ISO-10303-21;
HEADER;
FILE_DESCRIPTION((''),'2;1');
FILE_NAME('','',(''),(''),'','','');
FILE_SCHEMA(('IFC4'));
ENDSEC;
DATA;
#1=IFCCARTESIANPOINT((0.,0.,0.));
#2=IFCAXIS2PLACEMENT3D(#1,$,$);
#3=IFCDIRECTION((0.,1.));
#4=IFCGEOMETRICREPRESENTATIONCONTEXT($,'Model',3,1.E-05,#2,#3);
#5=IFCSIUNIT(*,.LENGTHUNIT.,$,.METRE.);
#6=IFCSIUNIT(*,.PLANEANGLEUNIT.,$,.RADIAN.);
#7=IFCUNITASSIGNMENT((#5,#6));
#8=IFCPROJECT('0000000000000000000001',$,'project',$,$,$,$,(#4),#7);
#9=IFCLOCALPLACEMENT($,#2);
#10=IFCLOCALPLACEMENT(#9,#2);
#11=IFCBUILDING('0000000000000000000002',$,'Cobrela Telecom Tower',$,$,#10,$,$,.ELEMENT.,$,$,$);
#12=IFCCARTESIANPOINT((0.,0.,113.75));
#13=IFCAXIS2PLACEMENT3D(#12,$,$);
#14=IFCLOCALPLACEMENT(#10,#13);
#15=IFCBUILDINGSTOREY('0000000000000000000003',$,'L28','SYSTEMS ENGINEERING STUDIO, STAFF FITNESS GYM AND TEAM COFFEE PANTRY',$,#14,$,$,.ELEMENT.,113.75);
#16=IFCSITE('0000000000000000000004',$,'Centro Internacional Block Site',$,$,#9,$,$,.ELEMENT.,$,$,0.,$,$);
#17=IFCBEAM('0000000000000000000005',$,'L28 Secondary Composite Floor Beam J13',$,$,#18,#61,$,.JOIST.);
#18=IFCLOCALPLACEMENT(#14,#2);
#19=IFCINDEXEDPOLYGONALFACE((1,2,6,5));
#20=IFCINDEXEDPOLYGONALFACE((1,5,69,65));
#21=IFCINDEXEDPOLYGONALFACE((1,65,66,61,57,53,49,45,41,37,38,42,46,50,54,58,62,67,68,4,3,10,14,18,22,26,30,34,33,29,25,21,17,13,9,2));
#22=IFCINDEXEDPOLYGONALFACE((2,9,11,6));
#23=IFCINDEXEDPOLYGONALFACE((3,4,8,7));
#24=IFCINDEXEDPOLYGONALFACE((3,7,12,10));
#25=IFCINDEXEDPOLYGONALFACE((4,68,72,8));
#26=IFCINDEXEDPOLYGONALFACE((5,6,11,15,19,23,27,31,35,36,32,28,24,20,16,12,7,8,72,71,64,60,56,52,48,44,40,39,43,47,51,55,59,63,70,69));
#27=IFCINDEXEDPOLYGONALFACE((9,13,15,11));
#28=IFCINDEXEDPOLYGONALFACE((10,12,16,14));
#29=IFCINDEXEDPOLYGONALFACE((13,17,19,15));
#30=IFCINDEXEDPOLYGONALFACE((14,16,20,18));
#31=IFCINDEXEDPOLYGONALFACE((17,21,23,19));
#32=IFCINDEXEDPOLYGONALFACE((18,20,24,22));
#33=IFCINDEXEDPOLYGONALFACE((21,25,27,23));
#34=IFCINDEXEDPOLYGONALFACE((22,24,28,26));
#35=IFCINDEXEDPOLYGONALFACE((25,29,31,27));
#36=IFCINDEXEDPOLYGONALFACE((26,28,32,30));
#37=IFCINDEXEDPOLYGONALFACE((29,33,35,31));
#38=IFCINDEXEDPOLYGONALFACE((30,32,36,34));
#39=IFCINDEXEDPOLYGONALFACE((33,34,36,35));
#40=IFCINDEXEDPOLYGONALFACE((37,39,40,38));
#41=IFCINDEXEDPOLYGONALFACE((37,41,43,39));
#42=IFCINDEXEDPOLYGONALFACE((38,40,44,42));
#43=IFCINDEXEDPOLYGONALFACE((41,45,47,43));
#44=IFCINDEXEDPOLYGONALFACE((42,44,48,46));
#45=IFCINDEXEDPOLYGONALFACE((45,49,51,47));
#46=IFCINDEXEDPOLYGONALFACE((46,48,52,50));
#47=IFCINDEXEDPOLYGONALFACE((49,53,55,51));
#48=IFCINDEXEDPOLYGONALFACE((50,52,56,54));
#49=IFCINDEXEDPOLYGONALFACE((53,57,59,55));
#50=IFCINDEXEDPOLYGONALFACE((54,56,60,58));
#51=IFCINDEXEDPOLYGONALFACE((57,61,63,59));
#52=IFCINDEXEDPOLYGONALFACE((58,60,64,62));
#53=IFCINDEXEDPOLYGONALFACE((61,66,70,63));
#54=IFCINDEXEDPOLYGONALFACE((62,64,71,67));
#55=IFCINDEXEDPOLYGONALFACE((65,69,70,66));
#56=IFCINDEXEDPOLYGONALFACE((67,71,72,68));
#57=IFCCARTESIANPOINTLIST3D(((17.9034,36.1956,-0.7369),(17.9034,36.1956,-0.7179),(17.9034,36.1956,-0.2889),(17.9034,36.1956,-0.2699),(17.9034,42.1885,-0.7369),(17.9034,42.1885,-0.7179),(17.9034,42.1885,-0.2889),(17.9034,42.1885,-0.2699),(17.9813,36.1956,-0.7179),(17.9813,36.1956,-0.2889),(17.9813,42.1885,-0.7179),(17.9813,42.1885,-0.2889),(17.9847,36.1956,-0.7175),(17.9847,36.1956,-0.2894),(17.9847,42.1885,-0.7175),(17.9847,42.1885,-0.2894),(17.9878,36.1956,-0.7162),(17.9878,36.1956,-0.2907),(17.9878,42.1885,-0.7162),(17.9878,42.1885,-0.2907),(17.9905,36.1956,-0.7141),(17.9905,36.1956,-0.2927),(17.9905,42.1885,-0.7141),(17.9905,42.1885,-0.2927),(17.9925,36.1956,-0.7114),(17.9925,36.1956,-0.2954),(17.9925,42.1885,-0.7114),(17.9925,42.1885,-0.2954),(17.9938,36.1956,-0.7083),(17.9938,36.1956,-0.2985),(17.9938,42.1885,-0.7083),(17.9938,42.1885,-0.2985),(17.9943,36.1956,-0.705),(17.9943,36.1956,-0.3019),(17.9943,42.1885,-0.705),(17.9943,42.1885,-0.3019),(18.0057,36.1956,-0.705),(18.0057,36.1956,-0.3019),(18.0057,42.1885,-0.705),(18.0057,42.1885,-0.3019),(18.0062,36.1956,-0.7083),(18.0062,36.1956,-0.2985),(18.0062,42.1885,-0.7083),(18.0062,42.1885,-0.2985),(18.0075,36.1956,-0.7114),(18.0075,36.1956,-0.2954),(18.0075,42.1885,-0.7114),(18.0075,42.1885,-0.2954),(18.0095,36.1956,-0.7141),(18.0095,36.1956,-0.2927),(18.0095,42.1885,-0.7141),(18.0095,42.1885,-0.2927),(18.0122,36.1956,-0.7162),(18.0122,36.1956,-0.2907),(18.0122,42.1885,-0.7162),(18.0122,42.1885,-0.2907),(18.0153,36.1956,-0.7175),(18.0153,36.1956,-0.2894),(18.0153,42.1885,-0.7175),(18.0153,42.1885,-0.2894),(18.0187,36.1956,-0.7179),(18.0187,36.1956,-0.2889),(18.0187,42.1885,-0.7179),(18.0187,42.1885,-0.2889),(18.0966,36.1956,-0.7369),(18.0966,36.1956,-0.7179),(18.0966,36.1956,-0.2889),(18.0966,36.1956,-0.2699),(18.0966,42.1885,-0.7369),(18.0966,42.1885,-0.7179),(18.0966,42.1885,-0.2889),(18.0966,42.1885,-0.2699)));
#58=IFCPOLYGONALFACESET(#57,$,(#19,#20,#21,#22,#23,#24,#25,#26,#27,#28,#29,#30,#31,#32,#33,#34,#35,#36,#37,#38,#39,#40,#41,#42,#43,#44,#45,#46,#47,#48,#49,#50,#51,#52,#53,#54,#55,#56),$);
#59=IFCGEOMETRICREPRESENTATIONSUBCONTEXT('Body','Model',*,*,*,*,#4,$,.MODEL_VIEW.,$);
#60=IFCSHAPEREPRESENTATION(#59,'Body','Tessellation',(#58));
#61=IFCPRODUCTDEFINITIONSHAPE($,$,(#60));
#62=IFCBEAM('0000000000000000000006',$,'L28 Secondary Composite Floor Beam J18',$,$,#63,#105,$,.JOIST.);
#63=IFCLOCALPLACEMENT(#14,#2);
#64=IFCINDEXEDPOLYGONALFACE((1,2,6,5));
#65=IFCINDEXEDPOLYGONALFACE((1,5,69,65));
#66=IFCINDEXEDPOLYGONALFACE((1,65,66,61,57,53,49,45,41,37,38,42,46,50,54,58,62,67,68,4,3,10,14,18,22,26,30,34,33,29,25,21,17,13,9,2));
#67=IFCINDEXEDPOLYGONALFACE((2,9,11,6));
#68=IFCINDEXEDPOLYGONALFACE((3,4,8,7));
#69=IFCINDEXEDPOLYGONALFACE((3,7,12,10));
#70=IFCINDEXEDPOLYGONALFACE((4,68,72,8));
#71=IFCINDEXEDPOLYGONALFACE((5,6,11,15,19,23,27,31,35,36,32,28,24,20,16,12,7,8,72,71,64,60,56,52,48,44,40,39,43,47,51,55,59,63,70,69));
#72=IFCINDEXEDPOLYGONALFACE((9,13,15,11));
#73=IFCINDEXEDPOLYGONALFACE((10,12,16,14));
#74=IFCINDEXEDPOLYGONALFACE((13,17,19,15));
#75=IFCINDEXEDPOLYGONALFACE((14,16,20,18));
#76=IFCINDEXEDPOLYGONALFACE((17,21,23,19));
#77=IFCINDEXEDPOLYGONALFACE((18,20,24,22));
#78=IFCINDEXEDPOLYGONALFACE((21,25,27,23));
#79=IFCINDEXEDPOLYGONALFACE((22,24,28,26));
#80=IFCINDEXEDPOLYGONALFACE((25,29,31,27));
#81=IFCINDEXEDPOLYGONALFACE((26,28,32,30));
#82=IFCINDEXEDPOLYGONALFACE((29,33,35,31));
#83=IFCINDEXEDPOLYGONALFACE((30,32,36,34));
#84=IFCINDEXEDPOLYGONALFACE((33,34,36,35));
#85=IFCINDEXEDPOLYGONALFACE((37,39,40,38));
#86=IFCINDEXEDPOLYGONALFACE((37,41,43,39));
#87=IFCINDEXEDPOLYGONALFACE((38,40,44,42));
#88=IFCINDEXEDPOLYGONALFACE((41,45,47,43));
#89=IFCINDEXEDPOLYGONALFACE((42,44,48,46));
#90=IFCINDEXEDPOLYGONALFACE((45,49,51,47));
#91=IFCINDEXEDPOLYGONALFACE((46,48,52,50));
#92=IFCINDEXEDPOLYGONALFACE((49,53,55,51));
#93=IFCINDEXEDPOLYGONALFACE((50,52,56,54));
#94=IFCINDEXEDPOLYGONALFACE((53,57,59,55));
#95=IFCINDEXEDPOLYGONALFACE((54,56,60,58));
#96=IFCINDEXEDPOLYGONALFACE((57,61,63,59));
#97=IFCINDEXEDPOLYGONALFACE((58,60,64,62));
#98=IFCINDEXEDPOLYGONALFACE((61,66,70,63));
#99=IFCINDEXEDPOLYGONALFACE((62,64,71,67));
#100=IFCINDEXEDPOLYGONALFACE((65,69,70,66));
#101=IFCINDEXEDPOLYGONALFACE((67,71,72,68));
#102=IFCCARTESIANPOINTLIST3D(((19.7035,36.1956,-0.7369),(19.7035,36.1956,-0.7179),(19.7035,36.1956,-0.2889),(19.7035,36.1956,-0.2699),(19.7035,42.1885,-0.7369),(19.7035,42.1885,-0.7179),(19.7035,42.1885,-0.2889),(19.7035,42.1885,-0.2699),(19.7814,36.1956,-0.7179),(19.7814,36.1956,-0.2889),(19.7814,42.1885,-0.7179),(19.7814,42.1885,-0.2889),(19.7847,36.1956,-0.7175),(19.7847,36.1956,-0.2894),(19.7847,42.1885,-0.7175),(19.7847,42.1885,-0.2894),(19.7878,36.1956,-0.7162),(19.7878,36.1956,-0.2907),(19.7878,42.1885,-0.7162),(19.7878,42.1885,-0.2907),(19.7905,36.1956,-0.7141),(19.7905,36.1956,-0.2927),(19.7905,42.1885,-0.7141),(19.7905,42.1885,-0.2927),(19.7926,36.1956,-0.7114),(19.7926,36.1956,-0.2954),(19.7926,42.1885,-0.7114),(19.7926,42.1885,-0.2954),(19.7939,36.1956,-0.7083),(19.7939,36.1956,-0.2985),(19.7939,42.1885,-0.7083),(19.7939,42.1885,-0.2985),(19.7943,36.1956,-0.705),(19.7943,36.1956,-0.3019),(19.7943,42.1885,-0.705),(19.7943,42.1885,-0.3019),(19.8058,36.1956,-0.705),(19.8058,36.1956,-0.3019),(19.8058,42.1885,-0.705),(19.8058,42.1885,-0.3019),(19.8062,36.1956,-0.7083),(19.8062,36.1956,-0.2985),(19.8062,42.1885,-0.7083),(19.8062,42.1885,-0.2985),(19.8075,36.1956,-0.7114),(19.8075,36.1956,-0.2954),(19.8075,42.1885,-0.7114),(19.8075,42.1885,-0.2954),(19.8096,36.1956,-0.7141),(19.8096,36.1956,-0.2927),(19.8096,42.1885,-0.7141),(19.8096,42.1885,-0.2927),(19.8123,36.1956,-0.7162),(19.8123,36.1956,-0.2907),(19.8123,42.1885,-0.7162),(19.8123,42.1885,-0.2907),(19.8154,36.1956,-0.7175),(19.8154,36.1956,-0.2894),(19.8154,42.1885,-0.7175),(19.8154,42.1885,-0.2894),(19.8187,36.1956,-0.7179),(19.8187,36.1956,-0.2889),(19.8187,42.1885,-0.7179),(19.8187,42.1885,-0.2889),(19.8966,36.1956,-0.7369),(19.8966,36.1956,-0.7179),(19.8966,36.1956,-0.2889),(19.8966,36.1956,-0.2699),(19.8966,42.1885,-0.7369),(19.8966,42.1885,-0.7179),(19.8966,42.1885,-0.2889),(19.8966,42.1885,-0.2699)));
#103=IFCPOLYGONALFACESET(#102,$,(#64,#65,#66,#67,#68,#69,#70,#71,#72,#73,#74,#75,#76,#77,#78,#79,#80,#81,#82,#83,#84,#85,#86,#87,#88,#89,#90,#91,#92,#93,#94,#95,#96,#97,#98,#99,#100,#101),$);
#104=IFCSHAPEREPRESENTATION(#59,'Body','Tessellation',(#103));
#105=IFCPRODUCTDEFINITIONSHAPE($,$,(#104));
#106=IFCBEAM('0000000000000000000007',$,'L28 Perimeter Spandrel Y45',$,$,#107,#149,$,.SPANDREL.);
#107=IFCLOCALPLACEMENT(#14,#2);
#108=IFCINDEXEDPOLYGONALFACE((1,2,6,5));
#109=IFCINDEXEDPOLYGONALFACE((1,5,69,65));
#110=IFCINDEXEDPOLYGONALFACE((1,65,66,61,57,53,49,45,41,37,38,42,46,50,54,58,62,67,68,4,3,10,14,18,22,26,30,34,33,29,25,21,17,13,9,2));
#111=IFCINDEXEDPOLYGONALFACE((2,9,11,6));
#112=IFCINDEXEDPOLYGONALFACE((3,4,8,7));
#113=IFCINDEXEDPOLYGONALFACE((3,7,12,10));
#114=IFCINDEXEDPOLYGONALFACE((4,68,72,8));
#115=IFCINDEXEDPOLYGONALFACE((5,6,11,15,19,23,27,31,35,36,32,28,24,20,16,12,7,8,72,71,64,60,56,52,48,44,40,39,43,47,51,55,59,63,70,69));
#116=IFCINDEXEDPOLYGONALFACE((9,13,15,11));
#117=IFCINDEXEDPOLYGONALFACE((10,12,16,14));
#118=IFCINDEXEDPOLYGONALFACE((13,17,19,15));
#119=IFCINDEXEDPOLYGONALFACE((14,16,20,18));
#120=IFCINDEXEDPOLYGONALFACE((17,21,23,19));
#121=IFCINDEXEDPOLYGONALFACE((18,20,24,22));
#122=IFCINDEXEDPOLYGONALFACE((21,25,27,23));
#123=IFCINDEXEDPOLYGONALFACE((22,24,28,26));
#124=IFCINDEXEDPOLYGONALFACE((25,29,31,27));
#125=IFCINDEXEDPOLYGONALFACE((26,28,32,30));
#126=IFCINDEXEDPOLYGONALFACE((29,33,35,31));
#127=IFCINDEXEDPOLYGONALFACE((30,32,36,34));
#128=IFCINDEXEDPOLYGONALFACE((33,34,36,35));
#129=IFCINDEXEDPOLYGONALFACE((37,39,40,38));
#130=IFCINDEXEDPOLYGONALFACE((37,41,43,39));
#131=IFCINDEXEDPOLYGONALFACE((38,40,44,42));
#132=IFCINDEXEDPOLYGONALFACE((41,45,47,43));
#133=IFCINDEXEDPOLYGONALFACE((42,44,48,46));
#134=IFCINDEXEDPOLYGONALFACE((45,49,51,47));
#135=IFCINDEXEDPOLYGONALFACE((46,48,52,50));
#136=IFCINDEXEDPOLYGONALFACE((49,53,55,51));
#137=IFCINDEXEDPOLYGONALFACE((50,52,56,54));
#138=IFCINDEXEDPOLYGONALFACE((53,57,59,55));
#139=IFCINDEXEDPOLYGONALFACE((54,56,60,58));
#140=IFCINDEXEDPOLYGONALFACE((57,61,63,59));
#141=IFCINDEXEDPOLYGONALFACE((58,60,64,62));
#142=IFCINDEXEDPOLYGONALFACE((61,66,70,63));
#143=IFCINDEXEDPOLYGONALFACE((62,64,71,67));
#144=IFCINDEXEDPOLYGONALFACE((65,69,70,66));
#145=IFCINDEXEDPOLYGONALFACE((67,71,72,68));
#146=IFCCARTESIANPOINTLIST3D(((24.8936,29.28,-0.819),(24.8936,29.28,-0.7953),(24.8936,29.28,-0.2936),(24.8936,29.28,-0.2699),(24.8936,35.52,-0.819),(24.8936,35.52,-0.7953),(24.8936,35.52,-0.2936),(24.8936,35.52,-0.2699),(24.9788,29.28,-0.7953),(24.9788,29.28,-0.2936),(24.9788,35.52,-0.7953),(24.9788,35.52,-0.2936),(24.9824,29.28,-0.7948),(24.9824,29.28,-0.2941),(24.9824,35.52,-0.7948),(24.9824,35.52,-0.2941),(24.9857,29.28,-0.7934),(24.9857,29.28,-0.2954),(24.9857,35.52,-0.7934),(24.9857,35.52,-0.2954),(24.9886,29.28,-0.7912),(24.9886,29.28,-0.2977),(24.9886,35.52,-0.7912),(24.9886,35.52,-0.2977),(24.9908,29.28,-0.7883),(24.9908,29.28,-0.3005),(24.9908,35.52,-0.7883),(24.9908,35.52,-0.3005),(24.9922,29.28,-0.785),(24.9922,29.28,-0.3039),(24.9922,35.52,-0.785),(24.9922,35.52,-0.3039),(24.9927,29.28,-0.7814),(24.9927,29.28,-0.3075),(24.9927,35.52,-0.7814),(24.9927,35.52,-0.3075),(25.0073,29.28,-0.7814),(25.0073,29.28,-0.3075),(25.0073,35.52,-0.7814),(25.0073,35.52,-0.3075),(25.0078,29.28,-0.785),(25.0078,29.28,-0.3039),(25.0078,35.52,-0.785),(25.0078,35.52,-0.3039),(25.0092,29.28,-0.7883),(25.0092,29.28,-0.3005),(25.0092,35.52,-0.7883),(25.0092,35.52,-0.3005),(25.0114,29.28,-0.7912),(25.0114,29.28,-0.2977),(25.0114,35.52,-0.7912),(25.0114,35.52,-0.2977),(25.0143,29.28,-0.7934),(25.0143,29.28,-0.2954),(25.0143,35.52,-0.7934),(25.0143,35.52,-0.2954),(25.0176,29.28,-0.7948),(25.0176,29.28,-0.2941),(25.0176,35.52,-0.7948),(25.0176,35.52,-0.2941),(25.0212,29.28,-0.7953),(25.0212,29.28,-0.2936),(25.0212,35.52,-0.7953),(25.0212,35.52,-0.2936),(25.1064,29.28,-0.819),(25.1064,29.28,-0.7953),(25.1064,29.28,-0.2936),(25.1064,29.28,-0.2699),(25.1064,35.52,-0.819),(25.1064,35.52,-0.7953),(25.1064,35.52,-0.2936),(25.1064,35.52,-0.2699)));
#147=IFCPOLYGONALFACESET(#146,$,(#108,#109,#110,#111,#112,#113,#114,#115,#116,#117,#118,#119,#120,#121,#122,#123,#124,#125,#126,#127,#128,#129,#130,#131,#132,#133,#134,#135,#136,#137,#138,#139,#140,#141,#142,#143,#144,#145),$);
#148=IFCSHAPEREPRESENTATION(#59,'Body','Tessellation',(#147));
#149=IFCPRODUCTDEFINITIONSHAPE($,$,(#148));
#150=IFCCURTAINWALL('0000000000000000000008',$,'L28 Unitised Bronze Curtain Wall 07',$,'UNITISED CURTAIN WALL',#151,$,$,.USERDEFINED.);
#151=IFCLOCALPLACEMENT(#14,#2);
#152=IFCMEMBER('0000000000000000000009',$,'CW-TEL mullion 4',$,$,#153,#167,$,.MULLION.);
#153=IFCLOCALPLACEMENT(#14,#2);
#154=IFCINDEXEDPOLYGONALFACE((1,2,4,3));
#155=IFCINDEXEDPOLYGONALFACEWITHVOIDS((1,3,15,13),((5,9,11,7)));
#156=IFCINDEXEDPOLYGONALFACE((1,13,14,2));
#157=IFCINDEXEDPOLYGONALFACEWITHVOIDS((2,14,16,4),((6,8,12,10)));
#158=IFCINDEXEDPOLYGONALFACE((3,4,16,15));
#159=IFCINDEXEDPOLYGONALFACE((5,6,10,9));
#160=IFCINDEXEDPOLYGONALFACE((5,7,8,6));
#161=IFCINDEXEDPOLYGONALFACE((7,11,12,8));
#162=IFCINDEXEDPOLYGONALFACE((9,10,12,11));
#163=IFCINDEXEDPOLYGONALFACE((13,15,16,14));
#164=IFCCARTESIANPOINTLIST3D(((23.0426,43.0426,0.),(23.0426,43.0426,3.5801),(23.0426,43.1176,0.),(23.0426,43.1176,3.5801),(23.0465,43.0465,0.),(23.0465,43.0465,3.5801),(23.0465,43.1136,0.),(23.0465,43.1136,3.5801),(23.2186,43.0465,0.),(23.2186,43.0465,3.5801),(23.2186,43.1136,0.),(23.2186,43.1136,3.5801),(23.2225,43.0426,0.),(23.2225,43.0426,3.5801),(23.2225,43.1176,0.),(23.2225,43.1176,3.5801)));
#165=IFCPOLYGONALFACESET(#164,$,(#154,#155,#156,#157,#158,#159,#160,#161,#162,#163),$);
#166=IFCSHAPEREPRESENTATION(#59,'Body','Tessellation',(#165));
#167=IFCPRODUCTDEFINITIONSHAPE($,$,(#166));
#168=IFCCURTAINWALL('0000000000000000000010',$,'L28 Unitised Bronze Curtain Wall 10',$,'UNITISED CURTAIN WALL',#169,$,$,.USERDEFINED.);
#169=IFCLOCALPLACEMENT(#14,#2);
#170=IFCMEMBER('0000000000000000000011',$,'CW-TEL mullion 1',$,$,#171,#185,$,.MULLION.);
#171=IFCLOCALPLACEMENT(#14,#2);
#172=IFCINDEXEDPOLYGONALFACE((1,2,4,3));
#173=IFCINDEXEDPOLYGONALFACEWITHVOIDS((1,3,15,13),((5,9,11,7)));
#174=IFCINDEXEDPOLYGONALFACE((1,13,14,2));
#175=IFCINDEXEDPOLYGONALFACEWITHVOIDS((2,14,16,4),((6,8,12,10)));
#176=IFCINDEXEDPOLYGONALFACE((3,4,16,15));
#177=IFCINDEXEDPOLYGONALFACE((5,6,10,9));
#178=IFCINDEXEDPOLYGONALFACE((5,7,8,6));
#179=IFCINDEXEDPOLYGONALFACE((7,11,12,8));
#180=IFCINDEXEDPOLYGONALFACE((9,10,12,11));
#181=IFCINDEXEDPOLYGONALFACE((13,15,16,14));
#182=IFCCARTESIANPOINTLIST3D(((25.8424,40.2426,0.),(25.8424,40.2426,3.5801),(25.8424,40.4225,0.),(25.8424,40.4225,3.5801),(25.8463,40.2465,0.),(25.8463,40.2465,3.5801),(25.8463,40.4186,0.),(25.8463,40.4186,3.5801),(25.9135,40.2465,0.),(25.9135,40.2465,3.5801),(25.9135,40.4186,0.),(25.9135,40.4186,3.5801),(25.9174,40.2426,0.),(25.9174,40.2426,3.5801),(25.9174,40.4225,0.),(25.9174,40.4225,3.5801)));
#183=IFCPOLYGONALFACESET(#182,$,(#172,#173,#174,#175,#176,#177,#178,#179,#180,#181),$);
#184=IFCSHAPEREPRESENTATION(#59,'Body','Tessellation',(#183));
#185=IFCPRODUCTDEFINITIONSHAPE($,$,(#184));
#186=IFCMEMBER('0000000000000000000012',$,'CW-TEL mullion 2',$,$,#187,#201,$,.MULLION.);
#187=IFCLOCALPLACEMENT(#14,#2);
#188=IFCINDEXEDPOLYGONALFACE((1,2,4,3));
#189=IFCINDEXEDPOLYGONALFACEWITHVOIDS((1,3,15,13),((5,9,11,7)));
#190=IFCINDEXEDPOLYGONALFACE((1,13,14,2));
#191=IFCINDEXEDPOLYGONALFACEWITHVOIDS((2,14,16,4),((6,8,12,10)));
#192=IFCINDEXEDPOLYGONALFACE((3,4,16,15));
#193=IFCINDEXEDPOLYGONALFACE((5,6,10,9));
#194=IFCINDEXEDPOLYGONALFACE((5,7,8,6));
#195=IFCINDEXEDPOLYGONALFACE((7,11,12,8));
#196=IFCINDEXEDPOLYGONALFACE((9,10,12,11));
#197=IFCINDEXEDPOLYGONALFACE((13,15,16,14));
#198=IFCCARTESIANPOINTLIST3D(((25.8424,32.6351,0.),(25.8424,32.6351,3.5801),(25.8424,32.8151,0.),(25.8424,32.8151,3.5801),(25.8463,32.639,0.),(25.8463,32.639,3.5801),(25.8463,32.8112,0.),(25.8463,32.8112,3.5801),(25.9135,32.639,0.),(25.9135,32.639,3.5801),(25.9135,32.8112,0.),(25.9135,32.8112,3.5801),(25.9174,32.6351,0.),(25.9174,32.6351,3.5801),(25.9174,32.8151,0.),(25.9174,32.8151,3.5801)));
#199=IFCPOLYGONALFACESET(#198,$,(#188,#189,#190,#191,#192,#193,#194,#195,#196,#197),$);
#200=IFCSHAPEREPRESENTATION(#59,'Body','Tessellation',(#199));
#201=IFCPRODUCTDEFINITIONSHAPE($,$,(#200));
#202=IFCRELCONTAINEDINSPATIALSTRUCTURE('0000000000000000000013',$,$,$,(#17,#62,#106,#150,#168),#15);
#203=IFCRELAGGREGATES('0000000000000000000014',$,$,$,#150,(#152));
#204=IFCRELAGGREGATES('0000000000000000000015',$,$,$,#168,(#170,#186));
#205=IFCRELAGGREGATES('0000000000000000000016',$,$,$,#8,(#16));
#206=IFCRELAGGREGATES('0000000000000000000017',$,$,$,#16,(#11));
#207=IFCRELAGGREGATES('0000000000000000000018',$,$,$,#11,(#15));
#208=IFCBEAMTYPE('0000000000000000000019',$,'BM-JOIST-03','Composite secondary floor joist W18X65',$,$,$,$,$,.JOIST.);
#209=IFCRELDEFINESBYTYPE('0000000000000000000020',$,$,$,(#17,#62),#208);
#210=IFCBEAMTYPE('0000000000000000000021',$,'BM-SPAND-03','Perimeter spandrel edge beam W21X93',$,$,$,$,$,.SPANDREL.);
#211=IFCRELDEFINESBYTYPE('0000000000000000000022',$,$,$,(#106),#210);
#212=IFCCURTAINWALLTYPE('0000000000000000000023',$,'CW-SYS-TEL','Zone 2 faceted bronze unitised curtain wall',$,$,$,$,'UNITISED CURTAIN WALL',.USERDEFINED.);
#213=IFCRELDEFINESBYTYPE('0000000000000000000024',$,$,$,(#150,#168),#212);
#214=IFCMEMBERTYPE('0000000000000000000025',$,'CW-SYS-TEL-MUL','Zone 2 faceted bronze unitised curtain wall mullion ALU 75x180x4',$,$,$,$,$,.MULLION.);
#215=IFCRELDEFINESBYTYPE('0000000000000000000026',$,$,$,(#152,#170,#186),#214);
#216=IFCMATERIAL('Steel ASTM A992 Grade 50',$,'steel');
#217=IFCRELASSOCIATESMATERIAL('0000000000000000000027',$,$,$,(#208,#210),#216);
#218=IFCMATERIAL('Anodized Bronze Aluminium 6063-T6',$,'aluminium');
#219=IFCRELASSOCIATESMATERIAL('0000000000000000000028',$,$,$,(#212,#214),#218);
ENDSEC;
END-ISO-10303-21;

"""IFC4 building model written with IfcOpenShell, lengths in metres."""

from ifc_helpers import new_model, si_unit, direction, frame, origin, origin_2d, place, context, subcontext, project, spatial, hollow_rectangle, i_section, extrude, material, material_profile, profile_set, type_object, element, aggregate, save


model = new_model("IFC4")

# Units and contexts
model_context = context("Model", 3, precision=1e-05, world=origin(), true_north=direction((0.0, 1.0)))
body_context = subcontext(model_context, "Body", "Model", "MODEL_VIEW")
ifc_project = project(units=[si_unit("LENGTHUNIT", "METRE"), si_unit("PLANEANGLEUNIT", "RADIAN")], contexts=[model_context])

# Site, building, storey
site_placement = place(None, origin())
site = spatial("IfcSite", under=ifc_project, at=site_placement, Name="Centro Internacional Block Site", CompositionType="ELEMENT", RefElevation=0.0)
building_placement = place(site_placement, origin())
building = spatial("IfcBuilding", under=site, at=building_placement, Name="Cobrela Telecom Tower", CompositionType="ELEMENT")
storey_placement = place(building_placement, frame((0.0, 0.0, 113.75)))
storey = spatial("IfcBuildingStorey", under=building, at=storey_placement, Name="L28", Description="SYSTEMS ENGINEERING STUDIO, STAFF FITNESS GYM AND TEAM COFFEE PANTRY", CompositionType="ELEMENT", Elevation=113.75)

# Shared definitions
ifc_material_1 = material(Name="Steel ASTM A992 Grade 50", Category="steel")

# Beams
ifc_material_profile_1 = material_profile(ifc_material_1, i_section(OverallWidth=0.1931, OverallDepth=0.467, WebThickness=0.0115, FlangeThickness=0.019, FilletRadius=0.0129, at=origin_2d()), Name="W18X65")
ifc_profile_set_1 = profile_set([ifc_material_profile_1], Name="Steel ASTM A992 Grade 50")
beam_type_1 = type_object("IfcBeamType", Name="BM-JOIST-03", Description="Composite secondary floor joist W18X65", PredefinedType="JOIST", material=ifc_profile_set_1)
for number, where, z_axis, x_axis, name in (
    (1, (18.0, 36.1956, -0.5034), (0.0, 1.0, 0.0), (-1.0, 0.0, 0.0), "L28 Secondary Composite Floor Beam J13"),
    (2, (19.8, 36.1956, -0.5034), (0.0, 1.0, 0.0), (-1.0, 0.0, 0.0), "L28 Secondary Composite Floor Beam J18"),
):
    element("IfcBeam", number, at=place(storey_placement, frame(where, z_axis=z_axis, x_axis=x_axis)), inside=storey, type_object=beam_type_1, Name=name, PredefinedType="JOIST", context=body_context, shape_type="SweptSolid", body=[
        extrude(i_section(OverallWidth=0.1931, OverallDepth=0.467, WebThickness=0.0115, FlangeThickness=0.019, FilletRadius=0.0129, at=origin_2d()), origin(), (0.0, 0.0, 1.0), 5.9929),
    ])
ifc_material_profile_2 = material_profile(ifc_material_1, i_section(OverallWidth=0.2129, OverallDepth=0.5491, WebThickness=0.0146, FlangeThickness=0.0237, FilletRadius=0.0139, at=origin_2d()), Name="W21X93")
ifc_profile_set_2 = profile_set([ifc_material_profile_2], Name="Steel ASTM A992 Grade 50")
beam_type_2 = type_object("IfcBeamType", Name="BM-SPAND-03", Description="Perimeter spandrel edge beam W21X93", PredefinedType="SPANDREL", material=ifc_profile_set_2)
beam_1_placement = place(storey_placement, frame((25.0, 29.28, -0.5444), z_axis=(0.0, 1.0, 0.0), x_axis=(-1.0, 0.0, 0.0)))
element("IfcBeam", 3, at=beam_1_placement, inside=storey, type_object=beam_type_2, Name="L28 Perimeter Spandrel Y45", PredefinedType="SPANDREL", context=body_context, shape_type="SweptSolid", body=[
    extrude(i_section(OverallWidth=0.2129, OverallDepth=0.5491, WebThickness=0.0146, FlangeThickness=0.0237, FilletRadius=0.0139, at=origin_2d()), origin(), (0.0, 0.0, 1.0), 6.24),
])

# Curtain wall, member
ifc_material_2 = material(Name="Anodized Bronze Aluminium 6063-T6", Category="aluminium")
curtain_wall_type = type_object("IfcCurtainWallType", Name="CW-SYS-TEL", Description="Zone 2 faceted bronze unitised curtain wall", ElementType="UNITISED CURTAIN WALL", PredefinedType="USERDEFINED", material=ifc_material_2)
curtain_wall_1_placement = place(storey_placement, origin())
curtain_wall_1 = element("IfcCurtainWall", 4, at=curtain_wall_1_placement, inside=storey, type_object=curtain_wall_type, Name="L28 Unitised Bronze Curtain Wall 07", ObjectType="UNITISED CURTAIN WALL", PredefinedType="USERDEFINED")
ifc_material_profile_3 = material_profile(ifc_material_2, hollow_rectangle(XDim=0.075, YDim=0.1799, WallThickness=0.0039, at=origin_2d()), Name="ALU 75x180x4")
ifc_profile_set_3 = profile_set([ifc_material_profile_3], Name="Anodized Bronze Aluminium 6063-T6")
member_type_1 = type_object("IfcMemberType", Name="CW-SYS-TEL-MUL", Description="Zone 2 faceted bronze unitised curtain wall mullion ALU 75x180x4", PredefinedType="MULLION", material=ifc_profile_set_3)
member_1_placement = place(storey_placement, frame((23.1326, 43.0801, 0.0), z_axis=(0.0, 0.0, 1.0), x_axis=(0.0, 1.0, 0.0)))
member_1 = element("IfcMember", 5, at=member_1_placement, type_object=member_type_1, Name="CW-TEL mullion 4", PredefinedType="MULLION", context=body_context, shape_type="SweptSolid", body=[
    extrude(hollow_rectangle(XDim=0.075, YDim=0.1799, WallThickness=0.0039, at=origin_2d()), origin(), (0.0, 0.0, 1.0), 3.5801),
])

# Curtain wall, members
curtain_wall_2_placement = place(storey_placement, origin())
curtain_wall_2 = element("IfcCurtainWall", 6, at=curtain_wall_2_placement, inside=storey, type_object=curtain_wall_type, Name="L28 Unitised Bronze Curtain Wall 10", ObjectType="UNITISED CURTAIN WALL", PredefinedType="USERDEFINED")
member_2_placement = place(storey_placement, frame((25.8799, 40.3325, 0.0), z_axis=(0.0, 0.0, 1.0), x_axis=(1.0, 0.0, 0.0)))
member_2 = element("IfcMember", 7, at=member_2_placement, type_object=member_type_1, Name="CW-TEL mullion 1", PredefinedType="MULLION", context=body_context, shape_type="SweptSolid", body=[
    extrude(hollow_rectangle(XDim=0.075, YDim=0.1799, WallThickness=0.0039, at=origin_2d()), origin(), (0.0, 0.0, 1.0), 3.5801),
])
member_3_placement = place(storey_placement, frame((25.8799, 32.7251, 0.0), z_axis=(0.0, 0.0, 1.0), x_axis=(1.0, 0.0, 0.0)))
member_3 = element("IfcMember", 8, at=member_3_placement, type_object=member_type_1, Name="CW-TEL mullion 2", PredefinedType="MULLION", context=body_context, shape_type="SweptSolid", body=[
    extrude(hollow_rectangle(XDim=0.075, YDim=0.1799, WallThickness=0.0039, at=origin_2d()), origin(), (0.0, 0.0, 1.0), 3.5801),
])

aggregate(curtain_wall_1, [member_1])
aggregate(curtain_wall_2, [member_2, member_3])

save(model, "model.ifc")
